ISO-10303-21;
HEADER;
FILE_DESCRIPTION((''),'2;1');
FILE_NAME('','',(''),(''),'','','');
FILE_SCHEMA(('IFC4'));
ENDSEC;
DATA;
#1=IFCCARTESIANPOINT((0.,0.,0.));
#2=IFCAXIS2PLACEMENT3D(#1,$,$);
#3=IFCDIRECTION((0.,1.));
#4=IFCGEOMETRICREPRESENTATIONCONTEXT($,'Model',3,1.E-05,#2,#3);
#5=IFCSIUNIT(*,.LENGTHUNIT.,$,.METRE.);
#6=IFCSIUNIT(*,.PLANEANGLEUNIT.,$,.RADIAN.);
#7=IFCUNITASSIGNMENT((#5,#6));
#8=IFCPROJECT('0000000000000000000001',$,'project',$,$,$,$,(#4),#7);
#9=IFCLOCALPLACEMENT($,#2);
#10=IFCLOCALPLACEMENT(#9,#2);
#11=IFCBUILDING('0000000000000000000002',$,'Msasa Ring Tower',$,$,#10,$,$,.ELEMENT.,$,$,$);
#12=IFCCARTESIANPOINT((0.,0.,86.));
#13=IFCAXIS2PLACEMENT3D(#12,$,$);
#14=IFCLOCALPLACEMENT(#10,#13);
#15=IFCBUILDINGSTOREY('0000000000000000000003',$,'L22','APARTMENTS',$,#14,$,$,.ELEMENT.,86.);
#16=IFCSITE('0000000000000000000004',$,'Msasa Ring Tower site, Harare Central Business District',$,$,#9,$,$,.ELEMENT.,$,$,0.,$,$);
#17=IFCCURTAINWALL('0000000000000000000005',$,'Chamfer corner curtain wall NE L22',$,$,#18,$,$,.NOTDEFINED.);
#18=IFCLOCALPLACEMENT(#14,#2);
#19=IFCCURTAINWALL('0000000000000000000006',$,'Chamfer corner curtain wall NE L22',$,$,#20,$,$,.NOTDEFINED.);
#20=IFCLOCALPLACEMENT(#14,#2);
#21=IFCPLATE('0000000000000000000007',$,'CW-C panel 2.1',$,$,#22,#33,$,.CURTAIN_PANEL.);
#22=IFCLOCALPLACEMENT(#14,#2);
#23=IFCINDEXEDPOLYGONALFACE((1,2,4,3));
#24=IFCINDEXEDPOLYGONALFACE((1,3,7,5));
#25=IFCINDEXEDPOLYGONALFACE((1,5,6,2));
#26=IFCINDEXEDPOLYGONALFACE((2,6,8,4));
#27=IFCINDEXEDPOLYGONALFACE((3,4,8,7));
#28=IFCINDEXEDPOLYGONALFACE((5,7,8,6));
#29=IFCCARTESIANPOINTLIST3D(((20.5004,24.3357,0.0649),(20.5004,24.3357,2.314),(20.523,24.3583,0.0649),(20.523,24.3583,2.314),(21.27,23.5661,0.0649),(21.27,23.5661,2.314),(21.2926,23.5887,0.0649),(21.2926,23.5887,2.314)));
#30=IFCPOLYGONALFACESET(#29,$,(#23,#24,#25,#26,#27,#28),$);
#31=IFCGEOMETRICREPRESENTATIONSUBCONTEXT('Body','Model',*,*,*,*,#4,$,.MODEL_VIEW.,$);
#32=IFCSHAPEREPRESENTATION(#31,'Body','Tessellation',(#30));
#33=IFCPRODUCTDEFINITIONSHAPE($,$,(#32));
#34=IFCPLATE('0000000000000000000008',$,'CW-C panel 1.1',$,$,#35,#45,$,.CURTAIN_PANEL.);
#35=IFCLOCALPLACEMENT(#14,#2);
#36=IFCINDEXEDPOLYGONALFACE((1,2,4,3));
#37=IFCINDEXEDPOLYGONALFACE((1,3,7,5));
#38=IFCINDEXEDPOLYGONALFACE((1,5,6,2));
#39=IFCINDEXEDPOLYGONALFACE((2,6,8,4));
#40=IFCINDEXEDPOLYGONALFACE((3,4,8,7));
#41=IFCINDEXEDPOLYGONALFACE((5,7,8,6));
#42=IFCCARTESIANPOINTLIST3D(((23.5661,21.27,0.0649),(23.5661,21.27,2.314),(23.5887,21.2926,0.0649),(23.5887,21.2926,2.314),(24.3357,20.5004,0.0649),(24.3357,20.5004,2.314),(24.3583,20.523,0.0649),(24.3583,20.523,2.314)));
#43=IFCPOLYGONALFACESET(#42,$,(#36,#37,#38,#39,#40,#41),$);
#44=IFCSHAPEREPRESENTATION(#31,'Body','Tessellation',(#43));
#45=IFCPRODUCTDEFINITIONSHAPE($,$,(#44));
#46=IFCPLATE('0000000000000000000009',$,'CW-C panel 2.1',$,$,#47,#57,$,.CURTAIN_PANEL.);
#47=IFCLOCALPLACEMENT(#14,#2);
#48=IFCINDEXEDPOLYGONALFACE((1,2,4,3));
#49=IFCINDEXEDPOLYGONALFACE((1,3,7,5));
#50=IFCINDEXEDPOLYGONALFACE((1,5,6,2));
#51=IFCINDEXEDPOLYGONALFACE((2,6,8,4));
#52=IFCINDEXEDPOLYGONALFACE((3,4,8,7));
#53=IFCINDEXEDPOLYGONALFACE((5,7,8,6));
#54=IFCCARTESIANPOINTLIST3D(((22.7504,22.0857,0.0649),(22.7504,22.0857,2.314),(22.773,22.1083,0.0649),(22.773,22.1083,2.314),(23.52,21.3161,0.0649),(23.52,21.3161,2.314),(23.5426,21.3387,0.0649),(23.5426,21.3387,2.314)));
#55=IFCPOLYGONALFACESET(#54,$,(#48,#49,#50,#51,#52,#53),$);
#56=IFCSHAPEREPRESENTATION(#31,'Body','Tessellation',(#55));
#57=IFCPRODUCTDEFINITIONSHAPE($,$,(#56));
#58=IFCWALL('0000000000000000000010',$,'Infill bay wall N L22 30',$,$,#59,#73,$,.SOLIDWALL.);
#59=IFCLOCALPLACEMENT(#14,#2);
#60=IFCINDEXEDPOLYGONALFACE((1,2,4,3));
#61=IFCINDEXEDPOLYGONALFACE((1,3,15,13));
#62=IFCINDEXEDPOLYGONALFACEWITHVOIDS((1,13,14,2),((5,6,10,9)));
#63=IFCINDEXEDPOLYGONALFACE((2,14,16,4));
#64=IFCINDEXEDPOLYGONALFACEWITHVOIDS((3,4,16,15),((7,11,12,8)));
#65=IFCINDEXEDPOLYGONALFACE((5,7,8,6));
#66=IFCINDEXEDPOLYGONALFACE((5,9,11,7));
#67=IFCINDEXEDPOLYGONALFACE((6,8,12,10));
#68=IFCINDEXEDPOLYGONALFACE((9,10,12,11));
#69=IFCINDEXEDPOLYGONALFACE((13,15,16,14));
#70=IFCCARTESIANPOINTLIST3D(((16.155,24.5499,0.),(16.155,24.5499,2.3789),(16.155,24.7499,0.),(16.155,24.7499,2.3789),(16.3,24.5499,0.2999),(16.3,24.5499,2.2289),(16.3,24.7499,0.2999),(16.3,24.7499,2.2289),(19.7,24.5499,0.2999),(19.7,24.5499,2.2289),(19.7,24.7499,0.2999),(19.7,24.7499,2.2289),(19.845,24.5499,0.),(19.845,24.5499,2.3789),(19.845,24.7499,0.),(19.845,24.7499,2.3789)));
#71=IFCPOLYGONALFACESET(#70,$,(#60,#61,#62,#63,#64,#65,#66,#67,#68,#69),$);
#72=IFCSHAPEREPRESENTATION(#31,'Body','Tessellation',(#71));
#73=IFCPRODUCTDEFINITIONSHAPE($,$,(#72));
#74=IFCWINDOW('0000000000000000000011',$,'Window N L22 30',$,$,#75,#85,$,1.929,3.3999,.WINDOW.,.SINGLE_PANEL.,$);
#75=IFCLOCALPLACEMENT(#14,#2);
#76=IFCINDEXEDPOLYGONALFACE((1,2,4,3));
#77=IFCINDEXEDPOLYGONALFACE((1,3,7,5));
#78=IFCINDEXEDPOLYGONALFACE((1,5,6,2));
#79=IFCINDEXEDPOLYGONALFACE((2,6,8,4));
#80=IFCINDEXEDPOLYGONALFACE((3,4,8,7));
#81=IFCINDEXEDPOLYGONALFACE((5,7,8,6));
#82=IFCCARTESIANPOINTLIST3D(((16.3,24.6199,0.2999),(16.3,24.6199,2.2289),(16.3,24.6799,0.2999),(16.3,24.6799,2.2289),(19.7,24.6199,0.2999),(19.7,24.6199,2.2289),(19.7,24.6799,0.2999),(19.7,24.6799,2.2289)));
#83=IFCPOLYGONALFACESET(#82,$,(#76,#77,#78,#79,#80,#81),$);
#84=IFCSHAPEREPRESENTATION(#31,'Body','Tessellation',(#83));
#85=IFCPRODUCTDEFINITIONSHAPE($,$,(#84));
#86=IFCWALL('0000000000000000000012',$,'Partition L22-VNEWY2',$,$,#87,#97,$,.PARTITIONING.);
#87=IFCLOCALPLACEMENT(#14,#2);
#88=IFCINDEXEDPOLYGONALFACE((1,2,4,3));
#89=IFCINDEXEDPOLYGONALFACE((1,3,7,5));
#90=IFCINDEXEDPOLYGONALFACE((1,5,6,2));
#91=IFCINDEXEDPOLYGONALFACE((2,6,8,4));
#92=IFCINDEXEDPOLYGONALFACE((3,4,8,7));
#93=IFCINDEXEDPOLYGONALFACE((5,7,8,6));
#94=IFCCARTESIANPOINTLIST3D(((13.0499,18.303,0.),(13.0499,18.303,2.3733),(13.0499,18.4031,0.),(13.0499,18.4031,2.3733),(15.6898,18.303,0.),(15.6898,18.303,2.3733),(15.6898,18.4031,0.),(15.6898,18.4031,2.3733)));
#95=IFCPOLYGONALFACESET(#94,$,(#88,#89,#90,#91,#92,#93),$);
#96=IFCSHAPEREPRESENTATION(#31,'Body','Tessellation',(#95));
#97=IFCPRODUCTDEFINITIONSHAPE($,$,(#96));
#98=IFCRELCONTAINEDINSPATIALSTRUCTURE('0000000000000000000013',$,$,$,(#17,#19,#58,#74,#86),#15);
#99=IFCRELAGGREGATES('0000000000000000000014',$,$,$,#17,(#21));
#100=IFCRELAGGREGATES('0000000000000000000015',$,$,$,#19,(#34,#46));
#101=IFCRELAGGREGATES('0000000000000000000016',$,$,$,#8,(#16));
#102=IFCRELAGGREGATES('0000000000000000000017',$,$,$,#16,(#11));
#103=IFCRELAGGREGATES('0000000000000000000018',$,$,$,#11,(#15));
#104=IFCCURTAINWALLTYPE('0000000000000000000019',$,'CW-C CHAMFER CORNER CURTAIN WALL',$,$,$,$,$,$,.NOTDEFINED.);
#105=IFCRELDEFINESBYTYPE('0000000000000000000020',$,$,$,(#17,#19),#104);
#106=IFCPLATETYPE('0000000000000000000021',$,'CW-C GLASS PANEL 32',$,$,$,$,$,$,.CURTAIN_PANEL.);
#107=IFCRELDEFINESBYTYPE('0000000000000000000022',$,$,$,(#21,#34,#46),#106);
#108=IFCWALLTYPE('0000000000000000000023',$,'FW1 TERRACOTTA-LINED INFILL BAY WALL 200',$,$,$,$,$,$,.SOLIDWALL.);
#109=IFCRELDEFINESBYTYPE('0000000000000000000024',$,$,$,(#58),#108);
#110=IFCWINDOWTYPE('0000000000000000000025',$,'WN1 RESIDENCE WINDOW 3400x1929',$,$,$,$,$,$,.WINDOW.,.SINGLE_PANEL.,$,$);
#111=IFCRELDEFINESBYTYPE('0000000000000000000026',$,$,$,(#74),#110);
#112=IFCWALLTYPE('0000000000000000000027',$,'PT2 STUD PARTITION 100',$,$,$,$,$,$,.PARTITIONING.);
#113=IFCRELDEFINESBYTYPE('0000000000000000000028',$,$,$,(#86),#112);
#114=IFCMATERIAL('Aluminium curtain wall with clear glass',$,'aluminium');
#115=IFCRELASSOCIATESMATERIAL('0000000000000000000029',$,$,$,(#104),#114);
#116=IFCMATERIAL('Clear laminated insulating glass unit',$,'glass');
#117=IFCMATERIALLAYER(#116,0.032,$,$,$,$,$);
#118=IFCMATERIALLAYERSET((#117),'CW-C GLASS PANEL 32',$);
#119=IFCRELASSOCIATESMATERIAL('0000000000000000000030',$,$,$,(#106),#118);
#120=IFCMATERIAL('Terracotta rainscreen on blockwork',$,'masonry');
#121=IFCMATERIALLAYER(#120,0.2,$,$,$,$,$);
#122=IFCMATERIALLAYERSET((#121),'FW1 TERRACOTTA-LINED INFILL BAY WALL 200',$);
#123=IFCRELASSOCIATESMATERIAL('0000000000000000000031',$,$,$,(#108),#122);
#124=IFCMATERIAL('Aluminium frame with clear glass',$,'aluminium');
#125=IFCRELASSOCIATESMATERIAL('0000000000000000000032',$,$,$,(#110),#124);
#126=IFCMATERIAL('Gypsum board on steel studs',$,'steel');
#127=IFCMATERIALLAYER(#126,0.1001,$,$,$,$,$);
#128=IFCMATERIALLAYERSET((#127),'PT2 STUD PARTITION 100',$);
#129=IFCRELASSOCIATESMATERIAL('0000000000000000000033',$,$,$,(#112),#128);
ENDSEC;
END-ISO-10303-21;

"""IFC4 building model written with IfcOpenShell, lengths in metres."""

from ifc_helpers import new_model, si_unit, direction, frame, frame_2d, origin, origin_2d, place, context, subcontext, project, spatial, rectangle, extrude, material, layer, layer_set, type_object, element, fill, aggregate, save


model = new_model("IFC4")

# Units and contexts
model_context = context("Model", 3, precision=1e-05, world=origin(), true_north=direction((0.0, 1.0)))
body_context = subcontext(model_context, "Body", "Model", "MODEL_VIEW")
ifc_project = project(units=[si_unit("LENGTHUNIT", "METRE"), si_unit("PLANEANGLEUNIT", "RADIAN")], contexts=[model_context])

# Site, building, storey
site_placement = place(None, origin())
site = spatial("IfcSite", under=ifc_project, at=site_placement, Name="Msasa Ring Tower site, Harare Central Business District", CompositionType="ELEMENT", RefElevation=0.0)
building_placement = place(site_placement, origin())
building = spatial("IfcBuilding", under=site, at=building_placement, Name="Msasa Ring Tower", CompositionType="ELEMENT")
storey_placement = place(building_placement, frame((0.0, 0.0, 86.0)))
storey = spatial("IfcBuildingStorey", under=building, at=storey_placement, Name="L22", Description="APARTMENTS", CompositionType="ELEMENT", Elevation=86.0)

# Curtain walls
ifc_material_1 = material(Name="Aluminium curtain wall with clear glass", Category="aluminium")
curtain_wall_type = type_object("IfcCurtainWallType", Name="CW-C CHAMFER CORNER CURTAIN WALL", PredefinedType="NOTDEFINED", material=ifc_material_1)
curtain_wall_1_placement = place(storey_placement, origin())
curtain_wall_1 = element("IfcCurtainWall", 1, at=curtain_wall_1_placement, inside=storey, type_object=curtain_wall_type, Name="Chamfer corner curtain wall NE L22", PredefinedType="NOTDEFINED")
curtain_wall_2_placement = place(storey_placement, origin())
curtain_wall_2 = element("IfcCurtainWall", 2, at=curtain_wall_2_placement, inside=storey, type_object=curtain_wall_type, Name="Chamfer corner curtain wall NE L22", PredefinedType="NOTDEFINED")

# Plates
ifc_material_2 = material(Name="Clear laminated insulating glass unit", Category="glass")
ifc_layer_1 = layer(ifc_material_2, 0.032)
ifc_layer_set_1 = layer_set([ifc_layer_1], Name="CW-C GLASS PANEL 32")
plate_type = type_object("IfcPlateType", Name="CW-C GLASS PANEL 32", PredefinedType="CURTAIN_PANEL", material=ifc_layer_set_1)
plate_1_placement = place(storey_placement, frame((20.8965, 23.9622, 0.0649), z_axis=(0.0, 0.0, 1.0), x_axis=(-0.707107, 0.707107, 0.0)))
plate_1 = element("IfcPlate", 3, at=plate_1_placement, type_object=plate_type, Name="CW-C panel 2.1", PredefinedType="CURTAIN_PANEL", context=body_context, shape_type="SweptSolid", body=[
    extrude(rectangle(XDim=1.0884, YDim=0.032, at=origin_2d()), origin(), (0.0, 0.0, 1.0), 2.249),
])
aggregate(curtain_wall_1, [plate_1])
plate_2_placement = place(storey_placement, frame((23.9622, 20.8965, 0.0649), z_axis=(0.0, 0.0, 1.0), x_axis=(-0.707107, 0.707107, 0.0)))
plate_2 = element("IfcPlate", 4, at=plate_2_placement, type_object=plate_type, Name="CW-C panel 1.1", PredefinedType="CURTAIN_PANEL", context=body_context, shape_type="SweptSolid", body=[
    extrude(rectangle(XDim=1.0884, YDim=0.032, at=origin_2d()), origin(), (0.0, 0.0, 1.0), 2.249),
])
plate_3_placement = place(storey_placement, frame((23.1465, 21.7122, 0.0649), z_axis=(0.0, 0.0, 1.0), x_axis=(-0.707107, 0.707107, 0.0)))
plate_3 = element("IfcPlate", 5, at=plate_3_placement, type_object=plate_type, Name="CW-C panel 2.1", PredefinedType="CURTAIN_PANEL", context=body_context, shape_type="SweptSolid", body=[
    extrude(rectangle(XDim=1.0884, YDim=0.032, at=origin_2d()), origin(), (0.0, 0.0, 1.0), 2.249),
])
aggregate(curtain_wall_2, [plate_2, plate_3])

# Wall, opening, window
ifc_material_3 = material(Name="Terracotta rainscreen on blockwork", Category="masonry")
ifc_layer_2 = layer(ifc_material_3, 0.2)
ifc_layer_set_2 = layer_set([ifc_layer_2], Name="FW1 TERRACOTTA-LINED INFILL BAY WALL 200")
wall_type_1 = type_object("IfcWallType", Name="FW1 TERRACOTTA-LINED INFILL BAY WALL 200", PredefinedType="SOLIDWALL", material=ifc_layer_set_2)
wall_1_placement = place(storey_placement, frame((16.155, 24.6499, 0.0), z_axis=(0.0, 0.0, 1.0), x_axis=(1.0, 0.0, 0.0)))
wall_1 = element("IfcWall", 6, at=wall_1_placement, inside=storey, type_object=wall_type_1, Name="Infill bay wall N L22 30", PredefinedType="SOLIDWALL", context=body_context, shape_type="SweptSolid", body=[
    extrude(rectangle(XDim=3.6899, YDim=0.2, at=frame_2d((1.845, 0.0))), origin(), (0.0, 0.0, 1.0), 2.3789),
])
opening_placement = place(wall_1_placement, frame((0.145, 0.0, 0.3)))
opening = element("IfcOpeningElement", 7, at=opening_placement, cuts=wall_1, PredefinedType="OPENING", context=body_context, shape_type="SweptSolid", body=[
    extrude(rectangle(XDim=3.3999, YDim=1.929, at=frame_2d((1.7, 0.9644))), frame((0.0, 0.1099, 0.0), z_axis=(0.0, -1.0, 0.0), x_axis=(1.0, 0.0, 0.0)), (0.0, 0.0, 1.0), 0.22),
])
ifc_material_4 = material(Name="Aluminium frame with clear glass", Category="aluminium")
window_type = type_object("IfcWindowType", Name="WN1 RESIDENCE WINDOW 3400x1929", PartitioningType="SINGLE_PANEL", PredefinedType="WINDOW", material=ifc_material_4)
window_placement = place(opening_placement, origin())
window = element("IfcWindow", 8, at=window_placement, inside=storey, type_object=window_type, Name="Window N L22 30", OverallHeight=1.929, OverallWidth=3.3999, PartitioningType="SINGLE_PANEL", PredefinedType="WINDOW", context=body_context, shape_type="SweptSolid", body=[
    extrude(rectangle(XDim=3.3999, YDim=1.929, at=frame_2d((1.7, 0.9644))), frame((0.0, 0.03, 0.0), z_axis=(0.0, -1.0, 0.0), x_axis=(1.0, 0.0, 0.0)), (0.0, 0.0, 1.0), 0.0601),
])
fill(opening, window)

# Wall
ifc_material_5 = material(Name="Gypsum board on steel studs", Category="steel")
ifc_layer_3 = layer(ifc_material_5, 0.1001)
ifc_layer_set_3 = layer_set([ifc_layer_3], Name="PT2 STUD PARTITION 100")
wall_type_2 = type_object("IfcWallType", Name="PT2 STUD PARTITION 100", PredefinedType="PARTITIONING", material=ifc_layer_set_3)
wall_2_placement = place(storey_placement, frame((13.05, 18.353, 0.0), z_axis=(0.0, 0.0, 1.0), x_axis=(1.0, 0.0, 0.0)))
element("IfcWall", 9, at=wall_2_placement, inside=storey, type_object=wall_type_2, Name="Partition L22-VNEWY2", PredefinedType="PARTITIONING", context=body_context, shape_type="SweptSolid", body=[
    extrude(rectangle(XDim=2.6399, YDim=0.1001, at=frame_2d((1.3198, 0.0))), origin(), (0.0, 0.0, 1.0), 2.3733),
])

save(model, "model.ifc")
